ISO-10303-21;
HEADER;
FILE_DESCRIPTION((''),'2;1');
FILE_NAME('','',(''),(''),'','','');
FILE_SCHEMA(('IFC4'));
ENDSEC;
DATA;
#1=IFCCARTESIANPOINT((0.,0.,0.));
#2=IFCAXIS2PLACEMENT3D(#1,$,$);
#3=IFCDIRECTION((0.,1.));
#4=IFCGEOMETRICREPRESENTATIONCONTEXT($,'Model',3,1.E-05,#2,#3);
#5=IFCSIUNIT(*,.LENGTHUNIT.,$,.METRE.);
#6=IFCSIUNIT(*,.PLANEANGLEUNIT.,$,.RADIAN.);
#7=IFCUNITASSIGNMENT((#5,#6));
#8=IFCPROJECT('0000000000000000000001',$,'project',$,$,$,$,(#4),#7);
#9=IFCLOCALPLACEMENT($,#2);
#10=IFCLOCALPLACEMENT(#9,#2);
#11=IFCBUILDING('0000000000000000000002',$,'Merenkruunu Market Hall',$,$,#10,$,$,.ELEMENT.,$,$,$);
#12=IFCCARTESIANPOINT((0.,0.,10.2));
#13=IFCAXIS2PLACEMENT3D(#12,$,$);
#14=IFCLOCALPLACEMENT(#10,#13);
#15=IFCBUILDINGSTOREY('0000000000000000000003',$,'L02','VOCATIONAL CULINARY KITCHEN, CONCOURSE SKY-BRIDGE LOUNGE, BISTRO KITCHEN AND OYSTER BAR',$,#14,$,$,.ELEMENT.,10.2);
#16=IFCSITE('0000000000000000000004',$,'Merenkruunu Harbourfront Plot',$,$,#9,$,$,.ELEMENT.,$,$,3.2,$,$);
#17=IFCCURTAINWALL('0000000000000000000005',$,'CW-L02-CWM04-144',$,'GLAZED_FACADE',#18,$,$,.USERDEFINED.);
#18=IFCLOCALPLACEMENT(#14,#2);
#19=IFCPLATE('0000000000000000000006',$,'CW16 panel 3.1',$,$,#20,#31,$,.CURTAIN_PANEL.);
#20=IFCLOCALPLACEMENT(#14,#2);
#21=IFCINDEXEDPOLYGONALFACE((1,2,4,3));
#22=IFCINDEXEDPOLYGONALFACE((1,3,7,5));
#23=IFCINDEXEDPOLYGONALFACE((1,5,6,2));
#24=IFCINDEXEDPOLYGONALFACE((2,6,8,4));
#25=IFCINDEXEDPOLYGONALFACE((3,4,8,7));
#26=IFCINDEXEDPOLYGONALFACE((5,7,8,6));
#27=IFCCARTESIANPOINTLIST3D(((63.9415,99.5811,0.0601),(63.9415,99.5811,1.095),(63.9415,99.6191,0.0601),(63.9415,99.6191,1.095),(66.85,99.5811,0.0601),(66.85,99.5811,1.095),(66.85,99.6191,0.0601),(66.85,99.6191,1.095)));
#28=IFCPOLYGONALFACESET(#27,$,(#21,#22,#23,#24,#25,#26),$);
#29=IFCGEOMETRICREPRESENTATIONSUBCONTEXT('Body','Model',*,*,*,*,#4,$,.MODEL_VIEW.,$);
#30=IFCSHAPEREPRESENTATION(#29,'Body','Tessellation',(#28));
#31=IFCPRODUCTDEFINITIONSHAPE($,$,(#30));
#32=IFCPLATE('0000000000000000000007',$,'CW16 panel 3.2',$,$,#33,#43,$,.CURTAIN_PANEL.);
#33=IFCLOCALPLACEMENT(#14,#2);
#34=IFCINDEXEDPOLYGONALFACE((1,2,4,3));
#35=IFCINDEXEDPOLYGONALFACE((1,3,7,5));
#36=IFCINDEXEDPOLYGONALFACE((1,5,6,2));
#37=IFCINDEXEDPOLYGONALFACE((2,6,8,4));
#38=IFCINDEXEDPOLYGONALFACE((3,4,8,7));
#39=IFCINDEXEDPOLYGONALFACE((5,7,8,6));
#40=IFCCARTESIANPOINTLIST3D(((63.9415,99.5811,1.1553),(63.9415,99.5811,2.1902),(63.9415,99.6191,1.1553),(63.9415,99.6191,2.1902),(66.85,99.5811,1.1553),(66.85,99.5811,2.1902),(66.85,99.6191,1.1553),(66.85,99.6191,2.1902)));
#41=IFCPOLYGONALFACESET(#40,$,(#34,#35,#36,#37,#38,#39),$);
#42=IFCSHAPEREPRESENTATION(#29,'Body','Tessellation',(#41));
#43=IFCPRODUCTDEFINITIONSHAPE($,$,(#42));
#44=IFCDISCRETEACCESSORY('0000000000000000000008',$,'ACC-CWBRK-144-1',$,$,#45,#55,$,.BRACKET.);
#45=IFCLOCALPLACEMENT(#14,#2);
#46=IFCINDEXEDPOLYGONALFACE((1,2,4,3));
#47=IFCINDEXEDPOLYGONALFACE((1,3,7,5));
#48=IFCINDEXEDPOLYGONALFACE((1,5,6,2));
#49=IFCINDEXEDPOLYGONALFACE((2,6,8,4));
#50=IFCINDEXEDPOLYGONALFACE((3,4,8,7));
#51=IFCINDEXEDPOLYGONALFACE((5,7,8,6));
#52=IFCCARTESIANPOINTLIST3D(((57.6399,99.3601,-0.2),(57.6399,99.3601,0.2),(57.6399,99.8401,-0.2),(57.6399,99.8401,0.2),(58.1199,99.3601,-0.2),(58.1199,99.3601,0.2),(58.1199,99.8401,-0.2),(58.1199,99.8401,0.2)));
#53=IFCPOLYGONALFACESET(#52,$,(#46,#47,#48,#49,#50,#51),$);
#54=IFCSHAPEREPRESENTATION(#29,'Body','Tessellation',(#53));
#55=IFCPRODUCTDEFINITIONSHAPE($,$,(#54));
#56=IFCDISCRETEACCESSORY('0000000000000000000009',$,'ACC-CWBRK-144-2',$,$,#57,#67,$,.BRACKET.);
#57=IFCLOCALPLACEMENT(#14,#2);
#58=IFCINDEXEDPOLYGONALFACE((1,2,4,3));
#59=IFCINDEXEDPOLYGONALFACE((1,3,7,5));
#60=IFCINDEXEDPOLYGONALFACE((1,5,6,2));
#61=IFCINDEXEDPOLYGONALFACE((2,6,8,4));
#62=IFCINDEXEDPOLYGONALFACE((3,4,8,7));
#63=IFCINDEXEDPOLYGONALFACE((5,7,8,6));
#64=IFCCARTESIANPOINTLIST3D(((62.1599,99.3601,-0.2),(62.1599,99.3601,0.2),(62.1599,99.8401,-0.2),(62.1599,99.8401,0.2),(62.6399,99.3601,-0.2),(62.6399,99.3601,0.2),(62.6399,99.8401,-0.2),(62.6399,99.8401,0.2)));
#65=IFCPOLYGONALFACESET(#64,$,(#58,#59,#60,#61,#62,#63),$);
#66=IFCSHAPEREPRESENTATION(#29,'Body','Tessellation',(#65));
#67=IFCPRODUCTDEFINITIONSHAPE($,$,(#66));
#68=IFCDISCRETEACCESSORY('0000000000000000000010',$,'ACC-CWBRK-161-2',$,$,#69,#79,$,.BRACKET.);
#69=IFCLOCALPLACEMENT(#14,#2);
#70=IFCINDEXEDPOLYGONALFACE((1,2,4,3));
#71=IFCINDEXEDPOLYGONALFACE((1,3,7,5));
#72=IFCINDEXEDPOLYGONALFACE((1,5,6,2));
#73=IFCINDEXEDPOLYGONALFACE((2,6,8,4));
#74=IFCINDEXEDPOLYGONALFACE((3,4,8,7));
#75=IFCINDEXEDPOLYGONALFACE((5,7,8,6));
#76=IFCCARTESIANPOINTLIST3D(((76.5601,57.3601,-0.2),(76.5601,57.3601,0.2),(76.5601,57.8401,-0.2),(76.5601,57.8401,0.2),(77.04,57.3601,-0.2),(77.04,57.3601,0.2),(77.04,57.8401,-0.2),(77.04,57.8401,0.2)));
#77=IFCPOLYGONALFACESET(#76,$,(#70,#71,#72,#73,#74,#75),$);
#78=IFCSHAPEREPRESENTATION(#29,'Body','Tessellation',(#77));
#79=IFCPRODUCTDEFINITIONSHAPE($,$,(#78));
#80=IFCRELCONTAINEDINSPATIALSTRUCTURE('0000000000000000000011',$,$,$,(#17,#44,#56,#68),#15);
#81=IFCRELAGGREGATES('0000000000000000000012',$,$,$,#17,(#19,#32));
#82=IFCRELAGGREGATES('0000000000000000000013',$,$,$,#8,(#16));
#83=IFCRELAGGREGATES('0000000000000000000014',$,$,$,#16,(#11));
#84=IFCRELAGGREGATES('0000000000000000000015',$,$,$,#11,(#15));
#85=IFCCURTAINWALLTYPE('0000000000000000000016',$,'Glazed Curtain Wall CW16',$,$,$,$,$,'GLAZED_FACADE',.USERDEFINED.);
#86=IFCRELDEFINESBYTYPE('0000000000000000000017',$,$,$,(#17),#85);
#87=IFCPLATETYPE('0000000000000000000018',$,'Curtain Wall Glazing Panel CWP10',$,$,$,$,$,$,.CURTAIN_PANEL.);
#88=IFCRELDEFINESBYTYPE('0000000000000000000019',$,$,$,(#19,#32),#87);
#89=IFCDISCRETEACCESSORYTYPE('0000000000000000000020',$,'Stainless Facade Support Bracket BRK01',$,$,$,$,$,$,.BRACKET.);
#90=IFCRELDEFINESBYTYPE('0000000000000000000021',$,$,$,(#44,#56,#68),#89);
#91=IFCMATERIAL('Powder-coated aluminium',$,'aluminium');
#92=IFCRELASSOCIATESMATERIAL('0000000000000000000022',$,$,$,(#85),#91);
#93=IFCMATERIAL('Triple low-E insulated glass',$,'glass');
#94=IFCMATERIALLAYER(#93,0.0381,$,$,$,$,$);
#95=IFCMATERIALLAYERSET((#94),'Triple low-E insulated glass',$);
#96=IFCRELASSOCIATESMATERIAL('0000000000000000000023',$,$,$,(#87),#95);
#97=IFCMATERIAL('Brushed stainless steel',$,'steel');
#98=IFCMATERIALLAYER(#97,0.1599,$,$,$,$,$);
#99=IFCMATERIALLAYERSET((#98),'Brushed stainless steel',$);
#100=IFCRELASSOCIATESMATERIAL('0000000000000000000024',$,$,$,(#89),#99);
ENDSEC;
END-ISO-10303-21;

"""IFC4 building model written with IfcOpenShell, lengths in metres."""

from ifc_helpers import new_model, si_unit, direction, frame, origin, origin_2d, place, context, subcontext, project, spatial, rectangle, extrude, material, layer, layer_set, type_object, element, aggregate, save


model = new_model("IFC4")

# Units and contexts
model_context = context("Model", 3, precision=1e-05, world=origin(), true_north=direction((0.0, 1.0)))
body_context = subcontext(model_context, "Body", "Model", "MODEL_VIEW")
ifc_project = project(units=[si_unit("LENGTHUNIT", "METRE"), si_unit("PLANEANGLEUNIT", "RADIAN")], contexts=[model_context])

# Site, building, storey
site_placement = place(None, origin())
site = spatial("IfcSite", under=ifc_project, at=site_placement, Name="Merenkruunu Harbourfront Plot", CompositionType="ELEMENT", RefElevation=3.2)
building_placement = place(site_placement, origin())
building = spatial("IfcBuilding", under=site, at=building_placement, Name="Merenkruunu Market Hall", CompositionType="ELEMENT")
storey_placement = place(building_placement, frame((0.0, 0.0, 10.2)))
storey = spatial("IfcBuildingStorey", under=building, at=storey_placement, Name="L02", Description="VOCATIONAL CULINARY KITCHEN, CONCOURSE SKY-BRIDGE LOUNGE, BISTRO KITCHEN AND OYSTER BAR", CompositionType="ELEMENT", Elevation=10.2)

# Curtain wall
ifc_material_1 = material(Name="Powder-coated aluminium", Category="aluminium")
curtain_wall_type_1 = type_object("IfcCurtainWallType", Name="Glazed Curtain Wall CW16", ElementType="GLAZED_FACADE", PredefinedType="USERDEFINED", material=ifc_material_1)
curtain_wall_1_placement = place(storey_placement, origin())
curtain_wall_1 = element("IfcCurtainWall", 1, at=curtain_wall_1_placement, inside=storey, type_object=curtain_wall_type_1, Name="CW-L02-CWM04-144", ObjectType="GLAZED_FACADE", PredefinedType="USERDEFINED")

# Plates
ifc_material_2 = material(Name="Triple low-E insulated glass", Category="glass")
ifc_layer_1 = layer(ifc_material_2, 0.0381)
ifc_layer_set_1 = layer_set([ifc_layer_1], Name="Triple low-E insulated glass")
plate_type_1 = type_object("IfcPlateType", Name="Curtain Wall Glazing Panel CWP10", PredefinedType="CURTAIN_PANEL", material=ifc_layer_set_1)
plate_1_placement = place(storey_placement, frame((65.3958, 99.6001, 0.0601), z_axis=(0.0, 0.0, 1.0), x_axis=(1.0, 0.0, 0.0)))
plate_1 = element("IfcPlate", 2, at=plate_1_placement, type_object=plate_type_1, Name="CW16 panel 3.1", PredefinedType="CURTAIN_PANEL", context=body_context, shape_type="SweptSolid", body=[
    extrude(rectangle(XDim=2.9084, YDim=0.0381, at=origin_2d()), origin(), (0.0, 0.0, 1.0), 1.0349),
])
plate_2_placement = place(storey_placement, frame((65.3958, 99.6001, 1.1553), z_axis=(0.0, 0.0, 1.0), x_axis=(1.0, 0.0, 0.0)))
plate_2 = element("IfcPlate", 3, at=plate_2_placement, type_object=plate_type_1, Name="CW16 panel 3.2", PredefinedType="CURTAIN_PANEL", context=body_context, shape_type="SweptSolid", body=[
    extrude(rectangle(XDim=2.9084, YDim=0.0381, at=origin_2d()), origin(), (0.0, 0.0, 1.0), 1.0349),
])
aggregate(curtain_wall_1, [plate_1, plate_2])

# Discrete accessories
ifc_material_3 = material(Name="Brushed stainless steel", Category="steel")
ifc_layer_2 = layer(ifc_material_3, 0.1599)
ifc_layer_set_2 = layer_set([ifc_layer_2], Name="Brushed stainless steel")
discrete_accessory_type = type_object("IfcDiscreteAccessoryType", Name="Stainless Facade Support Bracket BRK01", PredefinedType="BRACKET", material=ifc_layer_set_2)
for number, where, z_axis, x_axis, name in (
    (4, (57.8799, 99.6001, -0.2), (0.0, 0.0, 1.0), (1.0, 0.0, 0.0), "ACC-CWBRK-144-1"),
    (5, (62.3999, 99.6001, -0.2), (0.0, 0.0, 1.0), (1.0, 0.0, 0.0), "ACC-CWBRK-144-2"),
    (6, (76.8, 57.6001, -0.2), (0.0, 0.0, 1.0), (1.0, 0.0, 0.0), "ACC-CWBRK-161-2"),
):
    element("IfcDiscreteAccessory", number, at=place(storey_placement, frame(where, z_axis=z_axis, x_axis=x_axis)), inside=storey, type_object=discrete_accessory_type, Name=name, PredefinedType="BRACKET", context=body_context, shape_type="SweptSolid", body=[
        extrude(rectangle(XDim=0.48, YDim=0.48, at=origin_2d()), origin(), (0.0, 0.0, 1.0), 0.3999),
    ])

save(model, "model.ifc")
